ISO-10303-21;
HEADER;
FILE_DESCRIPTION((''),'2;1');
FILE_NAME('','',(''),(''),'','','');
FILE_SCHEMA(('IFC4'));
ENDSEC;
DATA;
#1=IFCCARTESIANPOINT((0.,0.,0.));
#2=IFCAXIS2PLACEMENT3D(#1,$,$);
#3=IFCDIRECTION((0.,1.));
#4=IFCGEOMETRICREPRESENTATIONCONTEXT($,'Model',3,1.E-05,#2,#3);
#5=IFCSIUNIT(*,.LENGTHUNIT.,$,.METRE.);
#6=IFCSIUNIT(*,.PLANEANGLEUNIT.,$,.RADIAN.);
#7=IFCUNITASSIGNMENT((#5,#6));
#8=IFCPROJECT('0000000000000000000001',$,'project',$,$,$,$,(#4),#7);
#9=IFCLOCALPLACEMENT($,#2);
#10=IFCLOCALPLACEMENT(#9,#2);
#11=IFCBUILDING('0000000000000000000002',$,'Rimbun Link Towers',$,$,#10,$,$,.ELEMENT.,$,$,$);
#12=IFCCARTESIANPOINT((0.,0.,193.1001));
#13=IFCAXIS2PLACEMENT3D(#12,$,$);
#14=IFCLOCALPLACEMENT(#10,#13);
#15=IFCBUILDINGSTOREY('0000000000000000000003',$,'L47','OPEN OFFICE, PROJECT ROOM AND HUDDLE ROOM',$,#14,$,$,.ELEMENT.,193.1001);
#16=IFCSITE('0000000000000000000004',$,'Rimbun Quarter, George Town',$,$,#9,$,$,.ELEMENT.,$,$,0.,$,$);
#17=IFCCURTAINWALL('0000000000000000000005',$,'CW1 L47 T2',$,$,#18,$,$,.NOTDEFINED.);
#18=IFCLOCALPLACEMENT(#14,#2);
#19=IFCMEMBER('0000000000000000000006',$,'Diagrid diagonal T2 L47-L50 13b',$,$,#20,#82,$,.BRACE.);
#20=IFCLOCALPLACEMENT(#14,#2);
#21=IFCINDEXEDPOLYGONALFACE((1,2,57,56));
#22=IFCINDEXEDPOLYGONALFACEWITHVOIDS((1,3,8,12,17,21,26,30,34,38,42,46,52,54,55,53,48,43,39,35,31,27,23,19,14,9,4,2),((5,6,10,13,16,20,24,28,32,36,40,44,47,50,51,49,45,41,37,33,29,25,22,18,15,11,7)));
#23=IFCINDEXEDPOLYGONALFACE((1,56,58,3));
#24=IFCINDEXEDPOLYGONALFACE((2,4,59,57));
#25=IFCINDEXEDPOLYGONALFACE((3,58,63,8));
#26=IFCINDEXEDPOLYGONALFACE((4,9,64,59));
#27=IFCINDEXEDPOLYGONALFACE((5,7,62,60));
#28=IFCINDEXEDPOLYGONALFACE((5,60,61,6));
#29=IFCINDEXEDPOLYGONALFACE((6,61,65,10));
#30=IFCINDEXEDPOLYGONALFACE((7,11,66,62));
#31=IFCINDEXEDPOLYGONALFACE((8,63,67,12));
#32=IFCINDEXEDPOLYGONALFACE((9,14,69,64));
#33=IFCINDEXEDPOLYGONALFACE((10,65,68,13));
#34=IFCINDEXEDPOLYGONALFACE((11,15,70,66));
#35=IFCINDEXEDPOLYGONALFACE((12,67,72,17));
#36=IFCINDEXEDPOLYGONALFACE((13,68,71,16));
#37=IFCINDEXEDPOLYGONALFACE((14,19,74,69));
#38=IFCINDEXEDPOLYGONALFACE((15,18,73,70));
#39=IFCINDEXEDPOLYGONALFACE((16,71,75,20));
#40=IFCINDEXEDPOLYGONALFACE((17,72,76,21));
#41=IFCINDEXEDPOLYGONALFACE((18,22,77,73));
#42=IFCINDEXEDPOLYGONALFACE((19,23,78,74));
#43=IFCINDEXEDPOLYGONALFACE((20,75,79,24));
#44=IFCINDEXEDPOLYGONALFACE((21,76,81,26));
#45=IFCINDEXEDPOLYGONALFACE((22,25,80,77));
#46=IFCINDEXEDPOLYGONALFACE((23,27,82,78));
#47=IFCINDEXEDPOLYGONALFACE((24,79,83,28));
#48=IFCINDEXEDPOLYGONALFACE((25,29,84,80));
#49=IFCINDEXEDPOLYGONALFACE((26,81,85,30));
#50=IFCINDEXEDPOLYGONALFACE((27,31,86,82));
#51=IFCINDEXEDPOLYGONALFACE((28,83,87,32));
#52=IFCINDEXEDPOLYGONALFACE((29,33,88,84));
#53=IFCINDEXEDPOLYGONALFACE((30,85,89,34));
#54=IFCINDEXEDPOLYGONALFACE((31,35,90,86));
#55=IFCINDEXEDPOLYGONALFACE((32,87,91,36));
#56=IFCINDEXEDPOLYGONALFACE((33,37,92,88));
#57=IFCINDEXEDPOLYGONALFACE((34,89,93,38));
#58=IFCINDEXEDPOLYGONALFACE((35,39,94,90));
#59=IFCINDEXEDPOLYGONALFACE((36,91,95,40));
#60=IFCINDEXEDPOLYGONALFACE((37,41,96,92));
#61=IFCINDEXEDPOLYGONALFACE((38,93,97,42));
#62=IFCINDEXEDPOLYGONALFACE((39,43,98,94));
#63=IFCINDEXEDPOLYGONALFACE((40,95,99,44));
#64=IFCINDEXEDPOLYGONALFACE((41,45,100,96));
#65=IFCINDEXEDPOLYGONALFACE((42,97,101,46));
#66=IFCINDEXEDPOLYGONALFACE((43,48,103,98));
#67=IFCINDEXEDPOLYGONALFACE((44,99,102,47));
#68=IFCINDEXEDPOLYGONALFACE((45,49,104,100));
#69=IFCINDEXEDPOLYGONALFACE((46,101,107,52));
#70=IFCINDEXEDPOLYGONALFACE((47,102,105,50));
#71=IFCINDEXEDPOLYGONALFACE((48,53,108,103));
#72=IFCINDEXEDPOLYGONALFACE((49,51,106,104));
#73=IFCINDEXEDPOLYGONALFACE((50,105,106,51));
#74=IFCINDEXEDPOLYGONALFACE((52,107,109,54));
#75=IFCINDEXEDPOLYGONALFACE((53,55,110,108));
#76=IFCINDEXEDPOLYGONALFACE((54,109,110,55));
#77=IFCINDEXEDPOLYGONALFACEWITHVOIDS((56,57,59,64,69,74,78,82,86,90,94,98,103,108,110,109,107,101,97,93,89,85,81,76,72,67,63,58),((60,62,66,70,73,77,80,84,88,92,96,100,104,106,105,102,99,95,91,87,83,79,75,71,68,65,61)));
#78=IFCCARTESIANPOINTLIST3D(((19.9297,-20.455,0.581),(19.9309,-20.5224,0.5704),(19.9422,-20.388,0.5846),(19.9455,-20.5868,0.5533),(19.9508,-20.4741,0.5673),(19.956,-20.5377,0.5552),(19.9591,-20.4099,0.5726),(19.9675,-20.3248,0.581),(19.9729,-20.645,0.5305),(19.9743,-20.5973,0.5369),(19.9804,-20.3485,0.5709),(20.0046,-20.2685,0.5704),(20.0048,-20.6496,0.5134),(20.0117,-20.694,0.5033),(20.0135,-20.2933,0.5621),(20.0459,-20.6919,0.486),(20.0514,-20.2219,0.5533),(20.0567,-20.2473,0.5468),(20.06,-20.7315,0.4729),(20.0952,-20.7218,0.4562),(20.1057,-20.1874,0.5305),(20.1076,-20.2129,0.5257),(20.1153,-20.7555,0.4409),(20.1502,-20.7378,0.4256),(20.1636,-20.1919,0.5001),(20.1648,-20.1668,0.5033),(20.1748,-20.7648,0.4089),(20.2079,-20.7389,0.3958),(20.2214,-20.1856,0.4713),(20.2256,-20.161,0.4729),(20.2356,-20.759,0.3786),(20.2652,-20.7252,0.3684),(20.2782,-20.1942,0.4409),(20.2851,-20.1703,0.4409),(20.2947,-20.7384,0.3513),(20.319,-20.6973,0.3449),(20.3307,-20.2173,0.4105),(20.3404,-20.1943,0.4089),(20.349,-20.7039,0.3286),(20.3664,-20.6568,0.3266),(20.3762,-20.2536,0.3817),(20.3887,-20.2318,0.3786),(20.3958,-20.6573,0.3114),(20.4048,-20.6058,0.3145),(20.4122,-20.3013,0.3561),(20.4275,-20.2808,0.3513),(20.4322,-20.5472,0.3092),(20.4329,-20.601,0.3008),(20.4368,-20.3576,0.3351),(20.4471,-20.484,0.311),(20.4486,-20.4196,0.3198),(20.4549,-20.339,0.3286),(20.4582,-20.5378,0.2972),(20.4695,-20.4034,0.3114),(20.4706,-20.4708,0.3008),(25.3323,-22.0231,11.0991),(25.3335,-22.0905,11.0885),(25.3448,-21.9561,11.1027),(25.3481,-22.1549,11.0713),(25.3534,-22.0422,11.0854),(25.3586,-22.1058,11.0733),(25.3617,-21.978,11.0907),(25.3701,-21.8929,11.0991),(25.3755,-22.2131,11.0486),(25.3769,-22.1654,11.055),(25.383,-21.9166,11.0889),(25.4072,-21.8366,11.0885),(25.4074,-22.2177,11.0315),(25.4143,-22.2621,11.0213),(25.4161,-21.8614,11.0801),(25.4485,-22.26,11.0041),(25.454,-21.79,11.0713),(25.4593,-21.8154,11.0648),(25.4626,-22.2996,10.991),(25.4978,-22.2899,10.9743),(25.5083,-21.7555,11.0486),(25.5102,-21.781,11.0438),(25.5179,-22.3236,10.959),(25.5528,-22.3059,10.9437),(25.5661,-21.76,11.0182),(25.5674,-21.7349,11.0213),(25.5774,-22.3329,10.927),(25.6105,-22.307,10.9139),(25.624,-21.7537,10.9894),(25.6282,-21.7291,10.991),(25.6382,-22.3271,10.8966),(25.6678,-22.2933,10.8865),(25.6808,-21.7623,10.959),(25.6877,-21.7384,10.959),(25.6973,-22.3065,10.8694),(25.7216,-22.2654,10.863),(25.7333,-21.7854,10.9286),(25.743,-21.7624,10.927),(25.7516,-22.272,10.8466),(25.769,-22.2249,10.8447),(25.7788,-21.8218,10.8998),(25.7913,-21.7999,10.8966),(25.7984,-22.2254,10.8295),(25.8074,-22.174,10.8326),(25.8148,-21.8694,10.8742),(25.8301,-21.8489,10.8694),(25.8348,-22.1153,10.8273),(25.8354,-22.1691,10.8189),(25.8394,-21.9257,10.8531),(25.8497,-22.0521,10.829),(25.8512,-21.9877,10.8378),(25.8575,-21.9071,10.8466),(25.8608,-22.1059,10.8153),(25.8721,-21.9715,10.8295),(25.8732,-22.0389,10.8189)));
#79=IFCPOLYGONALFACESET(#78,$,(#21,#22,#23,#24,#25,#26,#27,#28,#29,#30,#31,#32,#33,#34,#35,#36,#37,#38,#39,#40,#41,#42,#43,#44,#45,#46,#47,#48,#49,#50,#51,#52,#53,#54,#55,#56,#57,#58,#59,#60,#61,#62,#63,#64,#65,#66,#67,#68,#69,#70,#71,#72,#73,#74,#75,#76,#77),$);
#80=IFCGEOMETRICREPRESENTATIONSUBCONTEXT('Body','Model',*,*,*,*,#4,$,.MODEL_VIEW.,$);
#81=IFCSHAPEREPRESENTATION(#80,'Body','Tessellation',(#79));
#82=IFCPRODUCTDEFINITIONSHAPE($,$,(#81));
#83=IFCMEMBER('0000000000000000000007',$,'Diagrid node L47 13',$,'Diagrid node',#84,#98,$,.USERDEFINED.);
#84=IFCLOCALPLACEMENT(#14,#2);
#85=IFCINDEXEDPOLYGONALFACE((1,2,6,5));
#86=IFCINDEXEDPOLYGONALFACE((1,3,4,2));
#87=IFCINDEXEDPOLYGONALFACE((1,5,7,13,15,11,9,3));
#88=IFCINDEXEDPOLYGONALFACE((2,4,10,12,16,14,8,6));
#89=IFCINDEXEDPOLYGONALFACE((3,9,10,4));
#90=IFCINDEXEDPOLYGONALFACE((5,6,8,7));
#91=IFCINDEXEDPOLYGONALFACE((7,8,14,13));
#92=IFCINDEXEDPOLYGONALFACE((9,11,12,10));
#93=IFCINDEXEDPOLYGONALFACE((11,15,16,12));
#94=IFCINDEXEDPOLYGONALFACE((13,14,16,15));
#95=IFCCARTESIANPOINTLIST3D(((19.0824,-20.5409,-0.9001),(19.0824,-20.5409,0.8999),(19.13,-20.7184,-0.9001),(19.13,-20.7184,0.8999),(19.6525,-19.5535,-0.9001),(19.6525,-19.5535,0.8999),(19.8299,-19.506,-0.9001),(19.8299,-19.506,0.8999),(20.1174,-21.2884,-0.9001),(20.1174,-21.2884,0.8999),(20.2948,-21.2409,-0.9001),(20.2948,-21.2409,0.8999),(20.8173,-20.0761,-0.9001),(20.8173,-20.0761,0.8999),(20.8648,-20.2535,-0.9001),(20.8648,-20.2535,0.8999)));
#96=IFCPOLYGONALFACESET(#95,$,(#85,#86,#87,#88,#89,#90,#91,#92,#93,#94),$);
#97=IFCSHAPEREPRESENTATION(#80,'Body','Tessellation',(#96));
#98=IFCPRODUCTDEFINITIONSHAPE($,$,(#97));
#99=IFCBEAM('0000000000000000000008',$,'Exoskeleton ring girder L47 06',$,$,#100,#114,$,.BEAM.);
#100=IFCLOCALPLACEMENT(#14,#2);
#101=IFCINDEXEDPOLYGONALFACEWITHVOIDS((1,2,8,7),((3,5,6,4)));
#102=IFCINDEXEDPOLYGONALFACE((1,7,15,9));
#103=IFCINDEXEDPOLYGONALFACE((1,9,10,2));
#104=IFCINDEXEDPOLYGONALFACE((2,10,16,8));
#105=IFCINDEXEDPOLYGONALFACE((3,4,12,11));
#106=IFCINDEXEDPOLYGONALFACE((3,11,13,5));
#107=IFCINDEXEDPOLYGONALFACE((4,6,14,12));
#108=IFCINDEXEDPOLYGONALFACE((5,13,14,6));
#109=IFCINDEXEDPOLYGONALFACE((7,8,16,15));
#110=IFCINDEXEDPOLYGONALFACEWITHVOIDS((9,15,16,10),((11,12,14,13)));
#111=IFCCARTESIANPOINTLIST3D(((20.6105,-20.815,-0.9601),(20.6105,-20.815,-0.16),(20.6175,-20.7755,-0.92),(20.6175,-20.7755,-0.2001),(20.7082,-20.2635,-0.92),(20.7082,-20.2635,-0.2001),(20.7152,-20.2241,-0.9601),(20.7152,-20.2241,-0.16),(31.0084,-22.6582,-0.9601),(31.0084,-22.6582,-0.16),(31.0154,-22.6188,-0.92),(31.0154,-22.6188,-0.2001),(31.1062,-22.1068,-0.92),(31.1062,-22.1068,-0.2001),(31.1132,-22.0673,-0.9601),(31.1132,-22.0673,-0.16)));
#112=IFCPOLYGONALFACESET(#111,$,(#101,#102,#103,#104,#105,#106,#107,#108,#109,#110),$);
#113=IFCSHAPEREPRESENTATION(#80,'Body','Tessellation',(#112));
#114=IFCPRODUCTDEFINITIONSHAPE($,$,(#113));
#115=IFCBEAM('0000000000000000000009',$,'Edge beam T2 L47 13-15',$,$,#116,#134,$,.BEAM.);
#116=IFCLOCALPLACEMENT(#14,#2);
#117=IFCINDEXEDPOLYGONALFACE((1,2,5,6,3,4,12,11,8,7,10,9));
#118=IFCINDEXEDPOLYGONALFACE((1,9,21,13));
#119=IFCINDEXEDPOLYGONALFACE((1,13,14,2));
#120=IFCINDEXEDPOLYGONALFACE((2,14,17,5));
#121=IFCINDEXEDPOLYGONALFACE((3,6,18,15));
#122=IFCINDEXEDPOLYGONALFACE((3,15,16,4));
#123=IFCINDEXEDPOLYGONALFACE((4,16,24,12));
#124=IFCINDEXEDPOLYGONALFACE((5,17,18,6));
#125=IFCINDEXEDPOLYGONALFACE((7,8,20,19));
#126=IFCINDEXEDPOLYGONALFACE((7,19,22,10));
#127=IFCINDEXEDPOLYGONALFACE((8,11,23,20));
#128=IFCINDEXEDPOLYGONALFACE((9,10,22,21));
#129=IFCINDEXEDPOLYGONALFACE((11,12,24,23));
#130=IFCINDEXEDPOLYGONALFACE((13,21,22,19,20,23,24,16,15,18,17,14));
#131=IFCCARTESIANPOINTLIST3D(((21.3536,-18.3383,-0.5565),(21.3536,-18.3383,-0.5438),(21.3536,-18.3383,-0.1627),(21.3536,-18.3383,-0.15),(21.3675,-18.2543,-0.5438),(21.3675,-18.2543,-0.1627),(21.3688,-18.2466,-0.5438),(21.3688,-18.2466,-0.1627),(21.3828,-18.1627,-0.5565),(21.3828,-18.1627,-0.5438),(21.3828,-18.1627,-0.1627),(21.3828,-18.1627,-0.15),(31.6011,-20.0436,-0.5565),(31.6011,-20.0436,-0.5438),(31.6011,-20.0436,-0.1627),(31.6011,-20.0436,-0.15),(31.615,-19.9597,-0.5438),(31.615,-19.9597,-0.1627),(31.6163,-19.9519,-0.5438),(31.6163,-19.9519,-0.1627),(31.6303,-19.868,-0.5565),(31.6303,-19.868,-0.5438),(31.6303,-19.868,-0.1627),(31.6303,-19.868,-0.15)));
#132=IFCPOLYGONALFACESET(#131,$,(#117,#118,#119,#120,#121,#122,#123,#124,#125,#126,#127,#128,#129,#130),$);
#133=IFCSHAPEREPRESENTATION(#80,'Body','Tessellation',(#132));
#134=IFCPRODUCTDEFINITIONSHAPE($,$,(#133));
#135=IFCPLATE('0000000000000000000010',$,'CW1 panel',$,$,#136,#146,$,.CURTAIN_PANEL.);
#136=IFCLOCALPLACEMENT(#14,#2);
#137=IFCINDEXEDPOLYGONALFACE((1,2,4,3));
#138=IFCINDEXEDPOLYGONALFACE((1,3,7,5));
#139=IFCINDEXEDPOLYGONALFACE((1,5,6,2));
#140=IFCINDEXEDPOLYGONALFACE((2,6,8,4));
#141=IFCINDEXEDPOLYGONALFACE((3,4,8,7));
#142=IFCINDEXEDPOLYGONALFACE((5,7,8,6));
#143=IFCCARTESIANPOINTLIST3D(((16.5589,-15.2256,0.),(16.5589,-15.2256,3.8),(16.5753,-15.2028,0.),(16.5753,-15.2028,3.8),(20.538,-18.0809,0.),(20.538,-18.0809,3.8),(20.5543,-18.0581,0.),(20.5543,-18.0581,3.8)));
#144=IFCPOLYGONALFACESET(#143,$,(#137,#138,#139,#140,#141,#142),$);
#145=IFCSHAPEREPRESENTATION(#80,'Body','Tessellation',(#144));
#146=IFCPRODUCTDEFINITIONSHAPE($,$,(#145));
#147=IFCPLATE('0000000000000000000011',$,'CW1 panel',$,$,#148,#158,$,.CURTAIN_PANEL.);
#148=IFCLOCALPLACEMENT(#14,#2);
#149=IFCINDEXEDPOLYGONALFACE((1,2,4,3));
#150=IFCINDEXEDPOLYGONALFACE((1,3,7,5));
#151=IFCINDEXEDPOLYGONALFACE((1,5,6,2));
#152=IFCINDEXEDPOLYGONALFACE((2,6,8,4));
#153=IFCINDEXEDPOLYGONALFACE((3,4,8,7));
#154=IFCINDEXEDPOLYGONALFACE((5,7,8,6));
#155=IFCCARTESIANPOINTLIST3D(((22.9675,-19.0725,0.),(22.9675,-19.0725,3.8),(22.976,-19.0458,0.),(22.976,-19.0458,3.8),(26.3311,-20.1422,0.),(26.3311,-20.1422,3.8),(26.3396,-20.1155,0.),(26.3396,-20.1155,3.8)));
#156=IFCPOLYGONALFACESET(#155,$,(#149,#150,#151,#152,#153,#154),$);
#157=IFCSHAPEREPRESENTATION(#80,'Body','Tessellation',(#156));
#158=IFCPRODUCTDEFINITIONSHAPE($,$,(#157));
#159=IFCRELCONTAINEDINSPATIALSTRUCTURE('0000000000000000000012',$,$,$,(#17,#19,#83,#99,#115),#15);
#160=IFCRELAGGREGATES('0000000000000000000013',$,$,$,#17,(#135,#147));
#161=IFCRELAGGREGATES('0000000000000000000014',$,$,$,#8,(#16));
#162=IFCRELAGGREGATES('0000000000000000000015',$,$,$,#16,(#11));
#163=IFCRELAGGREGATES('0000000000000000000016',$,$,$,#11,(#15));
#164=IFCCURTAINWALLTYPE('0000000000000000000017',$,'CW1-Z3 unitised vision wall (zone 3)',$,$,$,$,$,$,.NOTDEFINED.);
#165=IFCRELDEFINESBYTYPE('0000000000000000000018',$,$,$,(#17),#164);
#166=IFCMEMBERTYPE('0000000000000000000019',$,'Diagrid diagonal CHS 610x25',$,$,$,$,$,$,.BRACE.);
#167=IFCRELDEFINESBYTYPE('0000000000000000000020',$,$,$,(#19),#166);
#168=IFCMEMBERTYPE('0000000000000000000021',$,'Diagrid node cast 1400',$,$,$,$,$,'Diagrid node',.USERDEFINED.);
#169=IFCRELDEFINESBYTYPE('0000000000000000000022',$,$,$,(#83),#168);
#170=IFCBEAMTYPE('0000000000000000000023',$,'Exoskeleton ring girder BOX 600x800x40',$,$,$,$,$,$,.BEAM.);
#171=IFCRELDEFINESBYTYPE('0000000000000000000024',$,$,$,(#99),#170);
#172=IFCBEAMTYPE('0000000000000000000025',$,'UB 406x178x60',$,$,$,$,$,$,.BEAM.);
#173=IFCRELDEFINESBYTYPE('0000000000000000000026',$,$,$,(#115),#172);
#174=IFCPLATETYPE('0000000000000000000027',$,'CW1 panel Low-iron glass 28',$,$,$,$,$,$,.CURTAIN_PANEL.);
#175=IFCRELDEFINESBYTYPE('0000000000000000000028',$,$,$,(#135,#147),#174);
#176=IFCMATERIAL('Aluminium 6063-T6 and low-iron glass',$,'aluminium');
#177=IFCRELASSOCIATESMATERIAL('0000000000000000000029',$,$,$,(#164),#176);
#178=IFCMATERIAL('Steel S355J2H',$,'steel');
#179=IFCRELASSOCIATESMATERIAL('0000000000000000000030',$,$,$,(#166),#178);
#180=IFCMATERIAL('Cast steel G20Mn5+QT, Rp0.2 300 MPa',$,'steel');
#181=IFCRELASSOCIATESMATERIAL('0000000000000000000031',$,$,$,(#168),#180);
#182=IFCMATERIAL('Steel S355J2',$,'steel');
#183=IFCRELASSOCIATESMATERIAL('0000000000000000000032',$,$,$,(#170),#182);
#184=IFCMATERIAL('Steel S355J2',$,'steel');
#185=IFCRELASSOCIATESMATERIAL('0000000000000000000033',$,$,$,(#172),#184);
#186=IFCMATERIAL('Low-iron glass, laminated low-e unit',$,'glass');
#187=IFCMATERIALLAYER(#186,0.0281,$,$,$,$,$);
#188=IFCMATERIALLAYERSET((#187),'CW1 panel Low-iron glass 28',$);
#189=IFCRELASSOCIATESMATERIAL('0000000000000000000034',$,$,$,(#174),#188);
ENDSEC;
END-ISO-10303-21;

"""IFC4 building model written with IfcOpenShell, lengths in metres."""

from ifc_helpers import new_model, si_unit, direction, frame, origin, origin_2d, place, context, subcontext, project, spatial, polyline, rectangle, hollow_rectangle, hollow_circle, i_section, outline, extrude, material, layer, layer_set, material_profile, profile_set, type_object, element, aggregate, save


model = new_model("IFC4")

# Units and contexts
model_context = context("Model", 3, precision=1e-05, world=origin(), true_north=direction((0.0, 1.0)))
body_context = subcontext(model_context, "Body", "Model", "MODEL_VIEW")
ifc_project = project(units=[si_unit("LENGTHUNIT", "METRE"), si_unit("PLANEANGLEUNIT", "RADIAN")], contexts=[model_context])

# Site, building, storey
site_placement = place(None, origin())
site = spatial("IfcSite", under=ifc_project, at=site_placement, Name="Rimbun Quarter, George Town", CompositionType="ELEMENT", RefElevation=0.0)
building_placement = place(site_placement, origin())
building = spatial("IfcBuilding", under=site, at=building_placement, Name="Rimbun Link Towers", CompositionType="ELEMENT")
storey_placement = place(building_placement, frame((0.0, 0.0, 193.1001)))
storey = spatial("IfcBuildingStorey", under=building, at=storey_placement, Name="L47", Description="OPEN OFFICE, PROJECT ROOM AND HUDDLE ROOM", CompositionType="ELEMENT", Elevation=193.1001)

# Curtain wall
ifc_material_1 = material(Name="Aluminium 6063-T6 and low-iron glass", Category="aluminium")
curtain_wall_type = type_object("IfcCurtainWallType", Name="CW1-Z3 unitised vision wall (zone 3)", PredefinedType="NOTDEFINED", material=ifc_material_1)
curtain_wall_placement = place(storey_placement, origin())
curtain_wall = element("IfcCurtainWall", 1, at=curtain_wall_placement, inside=storey, type_object=curtain_wall_type, Name="CW1 L47 T2", PredefinedType="NOTDEFINED")

# Members
ifc_material_2 = material(Name="Steel S355J2H", Category="steel")
ifc_material_profile_1 = material_profile(ifc_material_2, hollow_circle(Radius=0.3047, WallThickness=0.0249, at=origin_2d()), Name="Diagrid diagonal CHS 610x25")
ifc_profile_set_1 = profile_set([ifc_material_profile_1], Name="Steel S355J2H")
member_type_1 = type_object("IfcMemberType", Name="Diagrid diagonal CHS 610x25", PredefinedType="BRACE", material=ifc_profile_set_1)
member_1_placement = place(storey_placement, frame((20.2002, -20.4629, 0.4409), z_axis=(0.452934, -0.131465, 0.881798), x_axis=(0.278748, 0.960364, 0.0)))
element("IfcMember", 2, at=member_1_placement, inside=storey, type_object=member_type_1, Name="Diagrid diagonal T2 L47-L50 13b", PredefinedType="BRACE", context=body_context, shape_type="SweptSolid", body=[
    extrude(hollow_circle(Radius=0.3047, WallThickness=0.0249, at=origin_2d()), origin(), (0.0, 0.0, 1.0), 11.928),
])
ifc_material_3 = material(Name="Cast steel G20Mn5+QT, Rp0.2 300 MPa", Category="steel")
ifc_material_profile_2 = material_profile(ifc_material_3, outline(polyline([(0.7, -0.5701), (0.7, 0.5701), (0.5701, 0.7), (-0.5701, 0.7), (-0.7, 0.5701), (-0.7, -0.5701), (-0.5701, -0.7), (0.5701, -0.7), (0.7, -0.5701)])), Name="NODE 1400x1400")
ifc_profile_set_2 = profile_set([ifc_material_profile_2], Name="Cast steel G20Mn5+QT, Rp0.2 300 MPa")
member_type_2 = type_object("IfcMemberType", Name="Diagrid node cast 1400", ElementType="Diagrid node", PredefinedType="USERDEFINED", material=ifc_profile_set_2)
member_2_placement = place(storey_placement, frame((19.9736, -20.3972, -0.9001), z_axis=(0.0, 0.0, 1.0), x_axis=(-0.5, -0.866025, 0.0)))
element("IfcMember", 3, at=member_2_placement, inside=storey, type_object=member_type_2, Name="Diagrid node L47 13", ObjectType="Diagrid node", PredefinedType="USERDEFINED", context=body_context, shape_type="SweptSolid", body=[
    extrude(outline(polyline([(0.7, -0.5701), (0.7, 0.5701), (0.5701, 0.7), (-0.5701, 0.7), (-0.7, 0.5701), (-0.7, -0.5701), (-0.5701, -0.7), (0.5701, -0.7), (0.7, -0.5701)])), origin(), (0.0, 0.0, 1.0), 1.8),
])

# Beams
ifc_material_4 = material(Name="Steel S355J2", Category="steel")
ifc_material_profile_3 = material_profile(ifc_material_4, hollow_rectangle(XDim=0.6001, YDim=0.8, WallThickness=0.04, at=origin_2d()), Name="Exoskeleton ring girder BOX 600x800x40")
ifc_profile_set_3 = profile_set([ifc_material_profile_3], Name="Steel S355J2")
beam_type_1 = type_object("IfcBeamType", Name="Exoskeleton ring girder BOX 600x800x40", PredefinedType="BEAM", material=ifc_profile_set_3)
beam_1_placement = place(storey_placement, frame((20.6628, -20.5195, -0.5601), z_axis=(0.984648, -0.17455, 0.0), x_axis=(0.17455, 0.984648, 0.0)))
element("IfcBeam", 4, at=beam_1_placement, inside=storey, type_object=beam_type_1, Name="Exoskeleton ring girder L47 06", PredefinedType="BEAM", context=body_context, shape_type="SweptSolid", body=[
    extrude(hollow_rectangle(XDim=0.6001, YDim=0.8, WallThickness=0.04, at=origin_2d()), origin(), (0.0, 0.0, 1.0), 10.5601),
])
ifc_material_5 = material(Name="Steel S355J2", Category="steel")
ifc_material_profile_4 = material_profile(ifc_material_5, i_section(OverallWidth=0.178, OverallDepth=0.4065, WebThickness=0.0078, FlangeThickness=0.0127, at=origin_2d()), Name="UB 406x178x60")
ifc_profile_set_4 = profile_set([ifc_material_profile_4], Name="Steel S355J2")
beam_type_2 = type_object("IfcBeamType", Name="UB 406x178x60", PredefinedType="BEAM", material=ifc_profile_set_4)
beam_2_placement = place(storey_placement, frame((21.3682, -18.2505, -0.3533), z_axis=(0.986435, -0.164155, 0.0), x_axis=(0.164155, 0.986435, 0.0)))
element("IfcBeam", 5, at=beam_2_placement, inside=storey, type_object=beam_type_2, Name="Edge beam T2 L47 13-15", PredefinedType="BEAM", context=body_context, shape_type="SweptSolid", body=[
    extrude(i_section(OverallWidth=0.178, OverallDepth=0.4065, WebThickness=0.0078, FlangeThickness=0.0127, at=origin_2d()), origin(), (0.0, 0.0, 1.0), 10.3884),
])

# Plates
ifc_material_6 = material(Name="Low-iron glass, laminated low-e unit", Category="glass")
ifc_layer = layer(ifc_material_6, 0.0281)
ifc_layer_set = layer_set([ifc_layer], Name="CW1 panel Low-iron glass 28")
plate_type = type_object("IfcPlateType", Name="CW1 panel Low-iron glass 28", PredefinedType="CURTAIN_PANEL", material=ifc_layer_set)
plate_1_placement = place(storey_placement, frame((18.5566, -16.6418, 0.0), z_axis=(0.0, 0.0, 1.0), x_axis=(-0.812465, 0.583009, 0.0)))
plate_1 = element("IfcPlate", 6, at=plate_1_placement, type_object=plate_type, Name="CW1 panel", PredefinedType="CURTAIN_PANEL", context=body_context, shape_type="SweptSolid", body=[
    extrude(rectangle(XDim=4.8975, YDim=0.0281, at=origin_2d()), origin(), (0.0, 0.0, 1.0), 3.8),
])
plate_2_placement = place(storey_placement, frame((24.6536, -19.594, 0.0), z_axis=(0.0, 0.0, 1.0), x_axis=(-0.952968, 0.303071, 0.0)))
plate_2 = element("IfcPlate", 7, at=plate_2_placement, type_object=plate_type, Name="CW1 panel", PredefinedType="CURTAIN_PANEL", context=body_context, shape_type="SweptSolid", body=[
    extrude(rectangle(XDim=3.5295, YDim=0.0281, at=origin_2d()), origin(), (0.0, 0.0, 1.0), 3.8),
])
aggregate(curtain_wall, [plate_1, plate_2])

save(model, "model.ifc")
